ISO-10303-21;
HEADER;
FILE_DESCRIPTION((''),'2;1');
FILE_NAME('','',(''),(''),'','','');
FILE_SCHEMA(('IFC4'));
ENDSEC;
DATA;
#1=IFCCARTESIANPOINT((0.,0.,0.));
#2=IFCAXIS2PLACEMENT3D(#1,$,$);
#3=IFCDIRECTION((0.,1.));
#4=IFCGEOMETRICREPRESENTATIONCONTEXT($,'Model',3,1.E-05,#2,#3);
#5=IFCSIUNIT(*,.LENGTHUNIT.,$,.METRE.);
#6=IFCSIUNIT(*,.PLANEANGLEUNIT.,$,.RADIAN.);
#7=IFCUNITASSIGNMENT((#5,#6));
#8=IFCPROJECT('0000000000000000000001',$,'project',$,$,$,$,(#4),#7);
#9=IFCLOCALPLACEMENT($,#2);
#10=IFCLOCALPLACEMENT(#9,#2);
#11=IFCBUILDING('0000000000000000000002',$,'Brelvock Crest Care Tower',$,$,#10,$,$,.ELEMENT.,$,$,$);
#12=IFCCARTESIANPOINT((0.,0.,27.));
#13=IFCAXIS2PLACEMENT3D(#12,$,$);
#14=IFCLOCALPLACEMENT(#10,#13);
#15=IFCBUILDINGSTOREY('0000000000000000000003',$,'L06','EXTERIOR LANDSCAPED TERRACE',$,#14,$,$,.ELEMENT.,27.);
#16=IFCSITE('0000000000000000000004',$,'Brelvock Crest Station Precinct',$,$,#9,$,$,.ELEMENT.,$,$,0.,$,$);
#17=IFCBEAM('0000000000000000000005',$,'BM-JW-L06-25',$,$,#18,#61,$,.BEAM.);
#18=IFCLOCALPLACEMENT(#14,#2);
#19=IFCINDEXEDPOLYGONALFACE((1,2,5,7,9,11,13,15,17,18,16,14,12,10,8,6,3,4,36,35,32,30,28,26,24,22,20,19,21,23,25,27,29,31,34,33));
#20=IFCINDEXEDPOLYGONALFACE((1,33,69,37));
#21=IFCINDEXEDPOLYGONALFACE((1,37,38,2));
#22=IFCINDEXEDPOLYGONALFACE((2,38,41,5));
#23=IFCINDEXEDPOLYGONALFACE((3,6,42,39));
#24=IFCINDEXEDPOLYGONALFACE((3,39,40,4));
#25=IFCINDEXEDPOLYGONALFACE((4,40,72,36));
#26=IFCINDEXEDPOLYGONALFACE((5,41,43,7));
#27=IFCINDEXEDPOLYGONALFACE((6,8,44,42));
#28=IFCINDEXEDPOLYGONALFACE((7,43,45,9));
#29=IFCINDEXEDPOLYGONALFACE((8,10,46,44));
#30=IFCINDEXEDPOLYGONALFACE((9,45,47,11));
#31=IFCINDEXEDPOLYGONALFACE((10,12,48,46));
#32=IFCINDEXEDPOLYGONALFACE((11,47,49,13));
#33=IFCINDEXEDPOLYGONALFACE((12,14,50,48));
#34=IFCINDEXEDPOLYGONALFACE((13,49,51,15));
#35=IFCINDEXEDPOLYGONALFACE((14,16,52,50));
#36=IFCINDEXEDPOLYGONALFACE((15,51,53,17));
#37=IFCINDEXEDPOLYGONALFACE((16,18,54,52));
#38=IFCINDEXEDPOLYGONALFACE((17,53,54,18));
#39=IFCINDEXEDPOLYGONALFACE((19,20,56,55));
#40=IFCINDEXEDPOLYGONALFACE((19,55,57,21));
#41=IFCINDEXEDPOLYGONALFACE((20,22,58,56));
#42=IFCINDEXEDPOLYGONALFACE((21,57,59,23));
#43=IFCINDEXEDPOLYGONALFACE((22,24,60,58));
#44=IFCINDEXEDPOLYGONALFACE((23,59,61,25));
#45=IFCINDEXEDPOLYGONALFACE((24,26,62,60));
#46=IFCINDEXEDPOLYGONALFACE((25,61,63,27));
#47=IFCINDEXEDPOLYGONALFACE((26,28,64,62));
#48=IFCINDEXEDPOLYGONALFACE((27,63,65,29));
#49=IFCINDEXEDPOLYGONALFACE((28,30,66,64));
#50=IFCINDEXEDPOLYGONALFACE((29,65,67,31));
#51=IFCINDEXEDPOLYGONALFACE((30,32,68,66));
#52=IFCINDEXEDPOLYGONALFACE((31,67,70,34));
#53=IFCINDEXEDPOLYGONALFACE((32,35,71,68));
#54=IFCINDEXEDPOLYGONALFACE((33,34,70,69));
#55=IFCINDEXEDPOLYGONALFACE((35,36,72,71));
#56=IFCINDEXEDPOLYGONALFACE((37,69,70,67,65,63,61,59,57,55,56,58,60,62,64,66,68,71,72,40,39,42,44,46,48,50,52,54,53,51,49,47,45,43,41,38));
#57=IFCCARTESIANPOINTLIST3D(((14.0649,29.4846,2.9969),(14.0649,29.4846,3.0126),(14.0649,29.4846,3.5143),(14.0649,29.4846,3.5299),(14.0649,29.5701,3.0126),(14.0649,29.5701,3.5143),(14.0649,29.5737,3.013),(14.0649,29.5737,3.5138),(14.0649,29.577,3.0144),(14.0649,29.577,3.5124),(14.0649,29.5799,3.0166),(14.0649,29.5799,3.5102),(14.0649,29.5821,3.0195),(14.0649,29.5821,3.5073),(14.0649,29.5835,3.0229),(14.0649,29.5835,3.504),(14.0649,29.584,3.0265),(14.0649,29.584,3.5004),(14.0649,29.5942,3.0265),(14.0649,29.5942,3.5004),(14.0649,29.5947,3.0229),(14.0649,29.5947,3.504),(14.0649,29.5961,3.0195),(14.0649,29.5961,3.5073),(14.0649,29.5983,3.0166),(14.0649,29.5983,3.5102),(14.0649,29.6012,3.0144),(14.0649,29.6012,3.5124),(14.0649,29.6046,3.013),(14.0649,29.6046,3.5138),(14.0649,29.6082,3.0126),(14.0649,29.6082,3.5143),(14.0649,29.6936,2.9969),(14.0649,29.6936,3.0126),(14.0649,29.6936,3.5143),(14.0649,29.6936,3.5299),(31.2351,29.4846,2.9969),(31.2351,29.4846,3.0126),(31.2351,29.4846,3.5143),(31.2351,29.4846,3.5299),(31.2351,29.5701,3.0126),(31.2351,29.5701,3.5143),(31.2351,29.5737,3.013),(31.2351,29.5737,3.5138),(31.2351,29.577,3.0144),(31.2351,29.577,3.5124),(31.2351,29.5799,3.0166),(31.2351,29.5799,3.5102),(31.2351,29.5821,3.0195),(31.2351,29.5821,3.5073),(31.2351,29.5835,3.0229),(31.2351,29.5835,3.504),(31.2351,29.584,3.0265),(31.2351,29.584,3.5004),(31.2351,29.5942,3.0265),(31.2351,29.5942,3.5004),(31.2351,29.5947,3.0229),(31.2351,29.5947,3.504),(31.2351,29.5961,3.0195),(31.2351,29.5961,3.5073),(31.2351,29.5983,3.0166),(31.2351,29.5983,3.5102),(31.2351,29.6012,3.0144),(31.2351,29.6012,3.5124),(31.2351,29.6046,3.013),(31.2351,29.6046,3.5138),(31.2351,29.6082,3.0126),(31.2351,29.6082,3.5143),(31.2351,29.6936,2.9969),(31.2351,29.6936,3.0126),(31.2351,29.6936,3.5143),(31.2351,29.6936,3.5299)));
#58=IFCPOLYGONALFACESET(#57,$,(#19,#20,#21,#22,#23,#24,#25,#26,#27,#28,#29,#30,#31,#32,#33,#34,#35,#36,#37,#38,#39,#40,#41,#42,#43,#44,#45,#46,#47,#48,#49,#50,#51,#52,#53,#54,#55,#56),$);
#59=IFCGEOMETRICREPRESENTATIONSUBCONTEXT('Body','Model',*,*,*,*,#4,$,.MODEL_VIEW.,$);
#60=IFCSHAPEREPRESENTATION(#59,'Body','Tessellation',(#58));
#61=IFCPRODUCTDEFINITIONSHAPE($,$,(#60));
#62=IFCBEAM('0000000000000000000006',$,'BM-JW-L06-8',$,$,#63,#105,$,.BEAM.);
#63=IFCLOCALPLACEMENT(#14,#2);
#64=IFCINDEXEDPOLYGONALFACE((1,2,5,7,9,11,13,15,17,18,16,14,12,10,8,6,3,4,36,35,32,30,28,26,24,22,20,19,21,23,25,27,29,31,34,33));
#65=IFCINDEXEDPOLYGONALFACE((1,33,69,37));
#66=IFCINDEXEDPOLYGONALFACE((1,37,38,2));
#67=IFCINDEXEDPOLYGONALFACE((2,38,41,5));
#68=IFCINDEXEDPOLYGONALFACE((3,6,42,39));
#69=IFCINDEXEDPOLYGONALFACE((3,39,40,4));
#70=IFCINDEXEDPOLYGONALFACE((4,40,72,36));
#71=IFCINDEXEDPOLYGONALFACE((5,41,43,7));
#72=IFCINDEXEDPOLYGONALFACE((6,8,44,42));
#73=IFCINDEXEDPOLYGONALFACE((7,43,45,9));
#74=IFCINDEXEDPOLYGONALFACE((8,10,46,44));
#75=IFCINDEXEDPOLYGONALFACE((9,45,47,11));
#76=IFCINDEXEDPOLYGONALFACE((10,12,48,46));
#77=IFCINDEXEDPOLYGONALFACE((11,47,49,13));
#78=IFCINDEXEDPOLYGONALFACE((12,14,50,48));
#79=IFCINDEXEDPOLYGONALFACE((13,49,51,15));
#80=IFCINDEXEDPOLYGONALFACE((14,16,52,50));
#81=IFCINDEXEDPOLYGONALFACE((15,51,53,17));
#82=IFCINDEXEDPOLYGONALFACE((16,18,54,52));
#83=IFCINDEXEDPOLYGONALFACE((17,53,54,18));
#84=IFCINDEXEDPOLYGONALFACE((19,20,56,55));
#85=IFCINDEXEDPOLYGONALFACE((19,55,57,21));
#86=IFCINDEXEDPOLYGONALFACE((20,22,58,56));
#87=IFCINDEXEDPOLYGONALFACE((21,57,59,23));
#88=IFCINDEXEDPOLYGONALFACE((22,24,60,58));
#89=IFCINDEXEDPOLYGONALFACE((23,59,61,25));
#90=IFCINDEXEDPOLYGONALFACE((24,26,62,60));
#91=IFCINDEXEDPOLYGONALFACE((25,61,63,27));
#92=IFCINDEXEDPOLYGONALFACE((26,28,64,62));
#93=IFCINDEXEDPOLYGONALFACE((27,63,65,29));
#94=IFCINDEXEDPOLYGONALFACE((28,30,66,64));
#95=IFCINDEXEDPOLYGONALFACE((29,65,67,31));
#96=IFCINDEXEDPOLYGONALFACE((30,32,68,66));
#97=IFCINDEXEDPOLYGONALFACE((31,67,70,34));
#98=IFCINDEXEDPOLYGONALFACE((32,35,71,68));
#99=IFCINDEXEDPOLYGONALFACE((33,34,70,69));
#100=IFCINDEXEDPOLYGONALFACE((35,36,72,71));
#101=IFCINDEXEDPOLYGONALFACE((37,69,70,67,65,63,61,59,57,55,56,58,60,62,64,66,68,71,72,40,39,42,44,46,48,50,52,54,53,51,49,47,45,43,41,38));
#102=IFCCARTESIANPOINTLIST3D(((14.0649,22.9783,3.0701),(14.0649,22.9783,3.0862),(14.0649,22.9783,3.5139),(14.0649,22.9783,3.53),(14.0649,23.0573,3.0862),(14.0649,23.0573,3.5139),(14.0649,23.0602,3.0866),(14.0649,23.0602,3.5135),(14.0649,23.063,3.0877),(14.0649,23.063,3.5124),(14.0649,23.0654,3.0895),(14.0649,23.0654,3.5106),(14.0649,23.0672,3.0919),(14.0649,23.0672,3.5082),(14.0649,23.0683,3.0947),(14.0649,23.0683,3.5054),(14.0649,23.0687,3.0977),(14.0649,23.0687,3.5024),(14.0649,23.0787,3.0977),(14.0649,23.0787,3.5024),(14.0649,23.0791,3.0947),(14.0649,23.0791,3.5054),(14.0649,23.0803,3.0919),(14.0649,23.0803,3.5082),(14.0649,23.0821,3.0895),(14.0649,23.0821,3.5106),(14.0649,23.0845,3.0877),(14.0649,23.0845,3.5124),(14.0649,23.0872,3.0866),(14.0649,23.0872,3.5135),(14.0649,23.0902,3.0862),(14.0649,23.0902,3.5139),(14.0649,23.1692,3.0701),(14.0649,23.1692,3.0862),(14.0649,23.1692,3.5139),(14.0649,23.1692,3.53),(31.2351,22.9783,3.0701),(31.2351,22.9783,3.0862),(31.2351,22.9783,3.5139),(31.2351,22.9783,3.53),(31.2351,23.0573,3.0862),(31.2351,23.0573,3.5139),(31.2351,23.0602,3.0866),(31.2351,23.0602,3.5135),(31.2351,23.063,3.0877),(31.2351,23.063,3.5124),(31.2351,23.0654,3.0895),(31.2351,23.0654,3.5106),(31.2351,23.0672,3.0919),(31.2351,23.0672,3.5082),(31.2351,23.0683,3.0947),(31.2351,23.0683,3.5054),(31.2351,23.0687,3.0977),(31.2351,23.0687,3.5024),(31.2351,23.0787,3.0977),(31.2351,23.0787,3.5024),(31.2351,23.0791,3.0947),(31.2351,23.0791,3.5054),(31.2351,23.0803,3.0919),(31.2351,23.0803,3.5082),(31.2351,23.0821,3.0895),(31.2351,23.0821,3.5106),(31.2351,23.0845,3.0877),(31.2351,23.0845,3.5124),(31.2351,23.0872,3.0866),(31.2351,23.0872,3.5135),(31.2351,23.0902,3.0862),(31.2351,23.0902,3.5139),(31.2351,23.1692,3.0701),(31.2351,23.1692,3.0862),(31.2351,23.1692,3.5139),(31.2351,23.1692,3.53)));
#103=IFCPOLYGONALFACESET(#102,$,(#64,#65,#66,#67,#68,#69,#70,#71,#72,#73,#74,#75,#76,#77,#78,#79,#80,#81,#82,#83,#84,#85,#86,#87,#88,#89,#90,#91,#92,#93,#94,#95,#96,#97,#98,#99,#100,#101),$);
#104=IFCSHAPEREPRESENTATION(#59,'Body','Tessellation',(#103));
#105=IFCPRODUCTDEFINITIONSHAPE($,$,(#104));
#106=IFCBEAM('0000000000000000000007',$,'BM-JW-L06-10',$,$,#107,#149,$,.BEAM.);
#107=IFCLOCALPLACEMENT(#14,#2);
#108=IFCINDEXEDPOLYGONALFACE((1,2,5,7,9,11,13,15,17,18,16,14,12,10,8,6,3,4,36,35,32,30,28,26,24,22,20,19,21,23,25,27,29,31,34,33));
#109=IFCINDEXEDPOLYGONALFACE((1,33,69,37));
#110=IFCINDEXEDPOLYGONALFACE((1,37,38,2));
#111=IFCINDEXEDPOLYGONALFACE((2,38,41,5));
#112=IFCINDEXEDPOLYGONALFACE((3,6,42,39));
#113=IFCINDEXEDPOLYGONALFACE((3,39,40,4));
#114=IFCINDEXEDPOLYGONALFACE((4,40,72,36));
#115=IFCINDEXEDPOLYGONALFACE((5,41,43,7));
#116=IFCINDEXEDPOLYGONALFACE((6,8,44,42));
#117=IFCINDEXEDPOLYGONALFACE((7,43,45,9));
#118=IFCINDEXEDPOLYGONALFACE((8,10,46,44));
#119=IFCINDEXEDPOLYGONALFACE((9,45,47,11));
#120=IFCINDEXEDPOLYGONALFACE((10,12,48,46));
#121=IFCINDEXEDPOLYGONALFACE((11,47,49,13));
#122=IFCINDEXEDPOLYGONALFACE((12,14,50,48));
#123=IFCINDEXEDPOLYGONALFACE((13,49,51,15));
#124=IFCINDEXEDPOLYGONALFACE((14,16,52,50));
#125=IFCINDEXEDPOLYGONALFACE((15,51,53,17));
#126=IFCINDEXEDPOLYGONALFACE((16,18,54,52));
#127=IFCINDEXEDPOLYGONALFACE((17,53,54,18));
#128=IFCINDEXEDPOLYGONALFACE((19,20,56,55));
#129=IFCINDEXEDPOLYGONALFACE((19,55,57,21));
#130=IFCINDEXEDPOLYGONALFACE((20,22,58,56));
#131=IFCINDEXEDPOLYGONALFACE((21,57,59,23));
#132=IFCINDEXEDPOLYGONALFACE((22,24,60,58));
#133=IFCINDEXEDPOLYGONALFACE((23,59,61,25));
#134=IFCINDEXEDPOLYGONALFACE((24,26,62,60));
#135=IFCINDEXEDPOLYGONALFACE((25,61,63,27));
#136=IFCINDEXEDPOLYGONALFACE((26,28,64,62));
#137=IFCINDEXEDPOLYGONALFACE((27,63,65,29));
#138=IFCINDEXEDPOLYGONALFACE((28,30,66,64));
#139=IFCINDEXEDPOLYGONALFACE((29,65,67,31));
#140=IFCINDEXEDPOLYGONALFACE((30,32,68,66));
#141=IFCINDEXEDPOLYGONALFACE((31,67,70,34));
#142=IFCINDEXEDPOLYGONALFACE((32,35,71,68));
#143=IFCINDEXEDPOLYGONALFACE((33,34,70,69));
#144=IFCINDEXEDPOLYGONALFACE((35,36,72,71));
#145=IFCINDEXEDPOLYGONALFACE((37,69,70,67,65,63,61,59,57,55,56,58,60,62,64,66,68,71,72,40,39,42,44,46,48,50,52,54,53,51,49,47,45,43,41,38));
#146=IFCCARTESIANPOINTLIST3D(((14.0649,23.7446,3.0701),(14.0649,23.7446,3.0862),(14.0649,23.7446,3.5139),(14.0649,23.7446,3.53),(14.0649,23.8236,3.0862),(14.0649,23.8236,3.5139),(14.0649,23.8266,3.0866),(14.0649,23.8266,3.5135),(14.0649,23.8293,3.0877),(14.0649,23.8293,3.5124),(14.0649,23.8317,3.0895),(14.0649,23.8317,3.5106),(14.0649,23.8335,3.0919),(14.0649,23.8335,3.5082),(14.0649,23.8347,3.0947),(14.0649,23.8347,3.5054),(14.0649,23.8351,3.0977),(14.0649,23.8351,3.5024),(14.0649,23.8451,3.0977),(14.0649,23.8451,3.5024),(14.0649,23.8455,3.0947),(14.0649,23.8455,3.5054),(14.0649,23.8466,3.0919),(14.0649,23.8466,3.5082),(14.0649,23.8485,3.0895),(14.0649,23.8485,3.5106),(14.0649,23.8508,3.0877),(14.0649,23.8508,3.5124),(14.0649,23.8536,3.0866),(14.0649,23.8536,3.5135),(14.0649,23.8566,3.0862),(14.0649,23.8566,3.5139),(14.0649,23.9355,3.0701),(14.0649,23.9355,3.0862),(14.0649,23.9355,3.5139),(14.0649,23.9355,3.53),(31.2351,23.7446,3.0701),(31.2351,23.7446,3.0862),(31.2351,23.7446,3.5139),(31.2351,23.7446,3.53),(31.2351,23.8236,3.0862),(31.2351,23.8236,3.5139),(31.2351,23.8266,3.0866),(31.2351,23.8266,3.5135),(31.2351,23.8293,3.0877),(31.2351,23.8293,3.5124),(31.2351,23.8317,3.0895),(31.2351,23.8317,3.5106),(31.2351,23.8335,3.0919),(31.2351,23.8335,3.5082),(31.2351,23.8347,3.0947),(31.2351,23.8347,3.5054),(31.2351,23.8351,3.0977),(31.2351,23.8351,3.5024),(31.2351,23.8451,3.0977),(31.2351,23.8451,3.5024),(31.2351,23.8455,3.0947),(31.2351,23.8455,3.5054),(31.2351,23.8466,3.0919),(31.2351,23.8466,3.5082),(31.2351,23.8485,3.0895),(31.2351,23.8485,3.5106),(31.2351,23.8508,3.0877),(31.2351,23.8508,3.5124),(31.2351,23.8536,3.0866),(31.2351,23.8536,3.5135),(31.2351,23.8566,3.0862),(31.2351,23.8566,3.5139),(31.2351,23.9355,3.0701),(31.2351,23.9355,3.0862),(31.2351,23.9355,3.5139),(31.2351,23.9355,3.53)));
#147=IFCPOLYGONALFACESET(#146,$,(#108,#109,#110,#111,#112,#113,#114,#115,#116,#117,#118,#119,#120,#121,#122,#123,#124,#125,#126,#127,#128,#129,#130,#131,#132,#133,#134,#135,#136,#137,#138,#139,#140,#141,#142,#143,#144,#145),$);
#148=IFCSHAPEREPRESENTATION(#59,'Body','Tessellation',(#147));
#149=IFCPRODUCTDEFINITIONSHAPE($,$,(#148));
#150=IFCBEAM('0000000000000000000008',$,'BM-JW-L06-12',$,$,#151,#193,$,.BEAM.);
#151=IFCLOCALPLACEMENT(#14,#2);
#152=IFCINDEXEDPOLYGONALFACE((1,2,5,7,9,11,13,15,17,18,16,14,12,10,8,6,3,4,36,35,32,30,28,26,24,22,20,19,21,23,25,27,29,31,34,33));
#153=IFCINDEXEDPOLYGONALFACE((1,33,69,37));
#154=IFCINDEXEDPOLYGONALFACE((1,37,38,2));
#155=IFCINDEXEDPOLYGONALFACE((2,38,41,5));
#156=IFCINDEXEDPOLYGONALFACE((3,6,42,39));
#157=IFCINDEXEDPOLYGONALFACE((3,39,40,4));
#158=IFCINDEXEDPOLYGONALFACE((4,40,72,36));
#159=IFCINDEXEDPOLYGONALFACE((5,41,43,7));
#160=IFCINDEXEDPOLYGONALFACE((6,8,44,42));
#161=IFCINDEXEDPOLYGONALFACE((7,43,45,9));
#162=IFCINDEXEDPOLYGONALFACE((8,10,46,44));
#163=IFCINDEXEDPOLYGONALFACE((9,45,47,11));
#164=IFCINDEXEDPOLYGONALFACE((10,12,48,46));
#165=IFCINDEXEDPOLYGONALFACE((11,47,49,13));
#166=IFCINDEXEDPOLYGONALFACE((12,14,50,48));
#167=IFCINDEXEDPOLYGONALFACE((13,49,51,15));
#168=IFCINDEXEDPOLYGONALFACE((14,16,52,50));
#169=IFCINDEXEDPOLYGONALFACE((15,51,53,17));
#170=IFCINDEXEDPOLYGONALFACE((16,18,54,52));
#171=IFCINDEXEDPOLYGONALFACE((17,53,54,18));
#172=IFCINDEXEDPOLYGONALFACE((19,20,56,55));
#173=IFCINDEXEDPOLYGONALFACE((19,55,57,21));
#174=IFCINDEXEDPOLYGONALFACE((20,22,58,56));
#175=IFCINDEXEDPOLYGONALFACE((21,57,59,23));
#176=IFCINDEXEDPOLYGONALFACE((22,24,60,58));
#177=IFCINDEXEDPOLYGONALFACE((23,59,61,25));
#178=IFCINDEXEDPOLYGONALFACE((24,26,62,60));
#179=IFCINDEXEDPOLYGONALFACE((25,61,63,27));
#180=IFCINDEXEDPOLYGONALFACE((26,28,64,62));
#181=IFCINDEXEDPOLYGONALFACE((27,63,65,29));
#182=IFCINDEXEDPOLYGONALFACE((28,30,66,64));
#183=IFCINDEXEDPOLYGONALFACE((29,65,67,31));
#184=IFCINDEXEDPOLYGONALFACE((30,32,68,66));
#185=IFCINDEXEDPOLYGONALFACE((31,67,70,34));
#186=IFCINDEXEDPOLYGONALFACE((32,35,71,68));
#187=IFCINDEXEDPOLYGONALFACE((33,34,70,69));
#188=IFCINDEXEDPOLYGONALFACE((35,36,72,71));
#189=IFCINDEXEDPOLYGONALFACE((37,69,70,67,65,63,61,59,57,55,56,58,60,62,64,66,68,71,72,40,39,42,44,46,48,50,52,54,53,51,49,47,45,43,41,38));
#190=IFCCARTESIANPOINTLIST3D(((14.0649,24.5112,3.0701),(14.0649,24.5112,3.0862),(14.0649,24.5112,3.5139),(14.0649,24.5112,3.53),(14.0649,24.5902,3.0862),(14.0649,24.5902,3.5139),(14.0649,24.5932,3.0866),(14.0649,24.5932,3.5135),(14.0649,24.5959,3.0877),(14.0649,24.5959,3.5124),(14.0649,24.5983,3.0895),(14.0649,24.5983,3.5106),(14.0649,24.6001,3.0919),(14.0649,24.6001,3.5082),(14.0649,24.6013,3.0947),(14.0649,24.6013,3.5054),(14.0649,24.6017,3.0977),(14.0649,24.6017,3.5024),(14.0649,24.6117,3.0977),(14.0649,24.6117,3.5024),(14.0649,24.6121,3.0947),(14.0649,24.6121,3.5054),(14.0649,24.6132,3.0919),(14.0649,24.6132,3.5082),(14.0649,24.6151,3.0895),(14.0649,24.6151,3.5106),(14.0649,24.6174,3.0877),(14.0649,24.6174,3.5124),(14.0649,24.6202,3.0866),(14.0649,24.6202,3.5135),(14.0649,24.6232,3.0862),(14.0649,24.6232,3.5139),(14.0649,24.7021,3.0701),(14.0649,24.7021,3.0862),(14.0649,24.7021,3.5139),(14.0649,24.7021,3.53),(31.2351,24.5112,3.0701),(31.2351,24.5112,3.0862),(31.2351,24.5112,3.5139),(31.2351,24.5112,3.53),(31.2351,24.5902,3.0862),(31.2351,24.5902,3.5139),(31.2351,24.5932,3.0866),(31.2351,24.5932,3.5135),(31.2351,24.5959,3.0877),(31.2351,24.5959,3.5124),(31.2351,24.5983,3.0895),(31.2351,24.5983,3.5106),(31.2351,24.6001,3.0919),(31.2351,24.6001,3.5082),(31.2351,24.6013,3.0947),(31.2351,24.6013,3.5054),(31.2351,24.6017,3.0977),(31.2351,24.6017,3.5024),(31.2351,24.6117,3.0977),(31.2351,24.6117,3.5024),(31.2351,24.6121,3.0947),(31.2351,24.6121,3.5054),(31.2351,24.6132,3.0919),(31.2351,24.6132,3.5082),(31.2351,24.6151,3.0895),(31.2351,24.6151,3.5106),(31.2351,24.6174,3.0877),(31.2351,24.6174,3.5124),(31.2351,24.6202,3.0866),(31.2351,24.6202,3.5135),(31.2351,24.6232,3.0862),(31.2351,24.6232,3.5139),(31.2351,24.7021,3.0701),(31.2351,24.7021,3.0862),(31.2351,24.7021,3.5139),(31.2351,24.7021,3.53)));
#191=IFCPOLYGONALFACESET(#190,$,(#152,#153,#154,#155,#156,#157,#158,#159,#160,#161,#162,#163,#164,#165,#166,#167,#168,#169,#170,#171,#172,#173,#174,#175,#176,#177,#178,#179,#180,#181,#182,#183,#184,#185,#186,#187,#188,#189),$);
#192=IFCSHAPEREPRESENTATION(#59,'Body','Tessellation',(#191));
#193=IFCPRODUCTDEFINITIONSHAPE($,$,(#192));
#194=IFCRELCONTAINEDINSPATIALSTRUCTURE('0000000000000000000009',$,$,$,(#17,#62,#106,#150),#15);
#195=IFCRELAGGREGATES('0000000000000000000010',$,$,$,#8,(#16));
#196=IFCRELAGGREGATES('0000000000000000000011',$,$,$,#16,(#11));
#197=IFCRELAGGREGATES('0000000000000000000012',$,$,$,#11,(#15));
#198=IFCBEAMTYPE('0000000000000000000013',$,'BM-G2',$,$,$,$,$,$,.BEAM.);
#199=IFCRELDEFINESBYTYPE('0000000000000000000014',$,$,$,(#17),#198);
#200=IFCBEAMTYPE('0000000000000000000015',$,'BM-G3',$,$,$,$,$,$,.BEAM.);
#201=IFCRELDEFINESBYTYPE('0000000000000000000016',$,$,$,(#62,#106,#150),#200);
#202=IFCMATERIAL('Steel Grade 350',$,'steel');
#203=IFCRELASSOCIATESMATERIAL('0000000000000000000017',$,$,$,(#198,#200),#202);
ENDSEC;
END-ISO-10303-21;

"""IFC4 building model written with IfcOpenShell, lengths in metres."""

from ifc_helpers import new_model, si_unit, direction, frame, origin, origin_2d, place, context, subcontext, project, spatial, i_section, extrude, source, transform, mapped, material, material_profile, profile_set, type_object, element, save


model = new_model("IFC4")

# Units and contexts
model_context = context("Model", 3, precision=1e-05, world=origin(), true_north=direction((0.0, 1.0)))
body_context = subcontext(model_context, "Body", "Model", "MODEL_VIEW")
ifc_project = project(units=[si_unit("LENGTHUNIT", "METRE"), si_unit("PLANEANGLEUNIT", "RADIAN")], contexts=[model_context])

# Site, building, storey
site_placement = place(None, origin())
site = spatial("IfcSite", under=ifc_project, at=site_placement, Name="Brelvock Crest Station Precinct", CompositionType="ELEMENT", RefElevation=0.0)
building_placement = place(site_placement, origin())
building = spatial("IfcBuilding", under=site, at=building_placement, Name="Brelvock Crest Care Tower", CompositionType="ELEMENT")
storey_placement = place(building_placement, frame((0.0, 0.0, 27.0)))
storey = spatial("IfcBuildingStorey", under=building, at=storey_placement, Name="L06", Description="EXTERIOR LANDSCAPED TERRACE", CompositionType="ELEMENT", Elevation=27.0)

# Beams
ifc_material_1 = material(Name="Steel Grade 350", Category="steel")
ifc_material_profile_1 = material_profile(ifc_material_1, i_section(OverallWidth=0.209, OverallDepth=0.533, WebThickness=0.0103, FlangeThickness=0.0156, FilletRadius=0.0139, at=origin_2d()), Name="530UB92.4")
ifc_profile_set_1 = profile_set([ifc_material_profile_1], Name="Steel Grade 350")
beam_type_1 = type_object("IfcBeamType", Name="BM-G2", PredefinedType="BEAM", material=ifc_profile_set_1)
shared_shape_1 = source(origin(), body_context, "Body", "SweptSolid", [
    extrude(i_section(OverallWidth=0.209, OverallDepth=0.533, WebThickness=0.0103, FlangeThickness=0.0156, FilletRadius=0.0139, at=origin_2d()), origin(), (0.0, 0.0, 1.0), 17.1702),
])
for number, where, z_axis, x_axis, name in (
    (1, (14.0649, 29.5891, 3.2634), (1.0, 0.0, 0.0), (0.0, 1.0, 0.0), "BM-JW-L06-25"),
):
    element("IfcBeam", number, at=place(storey_placement, frame(where, z_axis=z_axis, x_axis=x_axis)), inside=storey, type_object=beam_type_1, Name=name, PredefinedType="BEAM", context=body_context, shape_type="MappedRepresentation", body=[
        mapped(shared_shape_1, transform((0.0, 0.0, 0.0), x_axis=(1.0, 0.0, 0.0), y_axis=(0.0, 1.0, 0.0), z_axis=(0.0, 0.0, 1.0), scale=1.0)),
    ])
ifc_material_profile_2 = material_profile(ifc_material_1, i_section(OverallWidth=0.1909, OverallDepth=0.46, WebThickness=0.01, FlangeThickness=0.0161, FilletRadius=0.0115, at=origin_2d()), Name="460UB82.1")
ifc_profile_set_2 = profile_set([ifc_material_profile_2], Name="Steel Grade 350")
beam_type_2 = type_object("IfcBeamType", Name="BM-G3", PredefinedType="BEAM", material=ifc_profile_set_2)
shared_shape_2 = source(origin(), body_context, "Body", "SweptSolid", [
    extrude(i_section(OverallWidth=0.1909, OverallDepth=0.46, WebThickness=0.01, FlangeThickness=0.0161, FilletRadius=0.0115, at=origin_2d()), origin(), (0.0, 0.0, 1.0), 17.1702),
])
for number, where, z_axis, x_axis, name in (
    (2, (14.0649, 23.0737, 3.3), (1.0, 0.0, 0.0), (0.0, 1.0, 0.0), "BM-JW-L06-8"),
    (3, (14.0649, 23.8401, 3.3), (1.0, 0.0, 0.0), (0.0, 1.0, 0.0), "BM-JW-L06-10"),
    (4, (14.0649, 24.6067, 3.3), (1.0, 0.0, 0.0), (0.0, 1.0, 0.0), "BM-JW-L06-12"),
):
    element("IfcBeam", number, at=place(storey_placement, frame(where, z_axis=z_axis, x_axis=x_axis)), inside=storey, type_object=beam_type_2, Name=name, PredefinedType="BEAM", context=body_context, shape_type="MappedRepresentation", body=[
        mapped(shared_shape_2, transform((0.0, 0.0, 0.0), x_axis=(1.0, 0.0, 0.0), y_axis=(0.0, 1.0, 0.0), z_axis=(0.0, 0.0, 1.0), scale=1.0)),
    ])

save(model, "model.ifc")
